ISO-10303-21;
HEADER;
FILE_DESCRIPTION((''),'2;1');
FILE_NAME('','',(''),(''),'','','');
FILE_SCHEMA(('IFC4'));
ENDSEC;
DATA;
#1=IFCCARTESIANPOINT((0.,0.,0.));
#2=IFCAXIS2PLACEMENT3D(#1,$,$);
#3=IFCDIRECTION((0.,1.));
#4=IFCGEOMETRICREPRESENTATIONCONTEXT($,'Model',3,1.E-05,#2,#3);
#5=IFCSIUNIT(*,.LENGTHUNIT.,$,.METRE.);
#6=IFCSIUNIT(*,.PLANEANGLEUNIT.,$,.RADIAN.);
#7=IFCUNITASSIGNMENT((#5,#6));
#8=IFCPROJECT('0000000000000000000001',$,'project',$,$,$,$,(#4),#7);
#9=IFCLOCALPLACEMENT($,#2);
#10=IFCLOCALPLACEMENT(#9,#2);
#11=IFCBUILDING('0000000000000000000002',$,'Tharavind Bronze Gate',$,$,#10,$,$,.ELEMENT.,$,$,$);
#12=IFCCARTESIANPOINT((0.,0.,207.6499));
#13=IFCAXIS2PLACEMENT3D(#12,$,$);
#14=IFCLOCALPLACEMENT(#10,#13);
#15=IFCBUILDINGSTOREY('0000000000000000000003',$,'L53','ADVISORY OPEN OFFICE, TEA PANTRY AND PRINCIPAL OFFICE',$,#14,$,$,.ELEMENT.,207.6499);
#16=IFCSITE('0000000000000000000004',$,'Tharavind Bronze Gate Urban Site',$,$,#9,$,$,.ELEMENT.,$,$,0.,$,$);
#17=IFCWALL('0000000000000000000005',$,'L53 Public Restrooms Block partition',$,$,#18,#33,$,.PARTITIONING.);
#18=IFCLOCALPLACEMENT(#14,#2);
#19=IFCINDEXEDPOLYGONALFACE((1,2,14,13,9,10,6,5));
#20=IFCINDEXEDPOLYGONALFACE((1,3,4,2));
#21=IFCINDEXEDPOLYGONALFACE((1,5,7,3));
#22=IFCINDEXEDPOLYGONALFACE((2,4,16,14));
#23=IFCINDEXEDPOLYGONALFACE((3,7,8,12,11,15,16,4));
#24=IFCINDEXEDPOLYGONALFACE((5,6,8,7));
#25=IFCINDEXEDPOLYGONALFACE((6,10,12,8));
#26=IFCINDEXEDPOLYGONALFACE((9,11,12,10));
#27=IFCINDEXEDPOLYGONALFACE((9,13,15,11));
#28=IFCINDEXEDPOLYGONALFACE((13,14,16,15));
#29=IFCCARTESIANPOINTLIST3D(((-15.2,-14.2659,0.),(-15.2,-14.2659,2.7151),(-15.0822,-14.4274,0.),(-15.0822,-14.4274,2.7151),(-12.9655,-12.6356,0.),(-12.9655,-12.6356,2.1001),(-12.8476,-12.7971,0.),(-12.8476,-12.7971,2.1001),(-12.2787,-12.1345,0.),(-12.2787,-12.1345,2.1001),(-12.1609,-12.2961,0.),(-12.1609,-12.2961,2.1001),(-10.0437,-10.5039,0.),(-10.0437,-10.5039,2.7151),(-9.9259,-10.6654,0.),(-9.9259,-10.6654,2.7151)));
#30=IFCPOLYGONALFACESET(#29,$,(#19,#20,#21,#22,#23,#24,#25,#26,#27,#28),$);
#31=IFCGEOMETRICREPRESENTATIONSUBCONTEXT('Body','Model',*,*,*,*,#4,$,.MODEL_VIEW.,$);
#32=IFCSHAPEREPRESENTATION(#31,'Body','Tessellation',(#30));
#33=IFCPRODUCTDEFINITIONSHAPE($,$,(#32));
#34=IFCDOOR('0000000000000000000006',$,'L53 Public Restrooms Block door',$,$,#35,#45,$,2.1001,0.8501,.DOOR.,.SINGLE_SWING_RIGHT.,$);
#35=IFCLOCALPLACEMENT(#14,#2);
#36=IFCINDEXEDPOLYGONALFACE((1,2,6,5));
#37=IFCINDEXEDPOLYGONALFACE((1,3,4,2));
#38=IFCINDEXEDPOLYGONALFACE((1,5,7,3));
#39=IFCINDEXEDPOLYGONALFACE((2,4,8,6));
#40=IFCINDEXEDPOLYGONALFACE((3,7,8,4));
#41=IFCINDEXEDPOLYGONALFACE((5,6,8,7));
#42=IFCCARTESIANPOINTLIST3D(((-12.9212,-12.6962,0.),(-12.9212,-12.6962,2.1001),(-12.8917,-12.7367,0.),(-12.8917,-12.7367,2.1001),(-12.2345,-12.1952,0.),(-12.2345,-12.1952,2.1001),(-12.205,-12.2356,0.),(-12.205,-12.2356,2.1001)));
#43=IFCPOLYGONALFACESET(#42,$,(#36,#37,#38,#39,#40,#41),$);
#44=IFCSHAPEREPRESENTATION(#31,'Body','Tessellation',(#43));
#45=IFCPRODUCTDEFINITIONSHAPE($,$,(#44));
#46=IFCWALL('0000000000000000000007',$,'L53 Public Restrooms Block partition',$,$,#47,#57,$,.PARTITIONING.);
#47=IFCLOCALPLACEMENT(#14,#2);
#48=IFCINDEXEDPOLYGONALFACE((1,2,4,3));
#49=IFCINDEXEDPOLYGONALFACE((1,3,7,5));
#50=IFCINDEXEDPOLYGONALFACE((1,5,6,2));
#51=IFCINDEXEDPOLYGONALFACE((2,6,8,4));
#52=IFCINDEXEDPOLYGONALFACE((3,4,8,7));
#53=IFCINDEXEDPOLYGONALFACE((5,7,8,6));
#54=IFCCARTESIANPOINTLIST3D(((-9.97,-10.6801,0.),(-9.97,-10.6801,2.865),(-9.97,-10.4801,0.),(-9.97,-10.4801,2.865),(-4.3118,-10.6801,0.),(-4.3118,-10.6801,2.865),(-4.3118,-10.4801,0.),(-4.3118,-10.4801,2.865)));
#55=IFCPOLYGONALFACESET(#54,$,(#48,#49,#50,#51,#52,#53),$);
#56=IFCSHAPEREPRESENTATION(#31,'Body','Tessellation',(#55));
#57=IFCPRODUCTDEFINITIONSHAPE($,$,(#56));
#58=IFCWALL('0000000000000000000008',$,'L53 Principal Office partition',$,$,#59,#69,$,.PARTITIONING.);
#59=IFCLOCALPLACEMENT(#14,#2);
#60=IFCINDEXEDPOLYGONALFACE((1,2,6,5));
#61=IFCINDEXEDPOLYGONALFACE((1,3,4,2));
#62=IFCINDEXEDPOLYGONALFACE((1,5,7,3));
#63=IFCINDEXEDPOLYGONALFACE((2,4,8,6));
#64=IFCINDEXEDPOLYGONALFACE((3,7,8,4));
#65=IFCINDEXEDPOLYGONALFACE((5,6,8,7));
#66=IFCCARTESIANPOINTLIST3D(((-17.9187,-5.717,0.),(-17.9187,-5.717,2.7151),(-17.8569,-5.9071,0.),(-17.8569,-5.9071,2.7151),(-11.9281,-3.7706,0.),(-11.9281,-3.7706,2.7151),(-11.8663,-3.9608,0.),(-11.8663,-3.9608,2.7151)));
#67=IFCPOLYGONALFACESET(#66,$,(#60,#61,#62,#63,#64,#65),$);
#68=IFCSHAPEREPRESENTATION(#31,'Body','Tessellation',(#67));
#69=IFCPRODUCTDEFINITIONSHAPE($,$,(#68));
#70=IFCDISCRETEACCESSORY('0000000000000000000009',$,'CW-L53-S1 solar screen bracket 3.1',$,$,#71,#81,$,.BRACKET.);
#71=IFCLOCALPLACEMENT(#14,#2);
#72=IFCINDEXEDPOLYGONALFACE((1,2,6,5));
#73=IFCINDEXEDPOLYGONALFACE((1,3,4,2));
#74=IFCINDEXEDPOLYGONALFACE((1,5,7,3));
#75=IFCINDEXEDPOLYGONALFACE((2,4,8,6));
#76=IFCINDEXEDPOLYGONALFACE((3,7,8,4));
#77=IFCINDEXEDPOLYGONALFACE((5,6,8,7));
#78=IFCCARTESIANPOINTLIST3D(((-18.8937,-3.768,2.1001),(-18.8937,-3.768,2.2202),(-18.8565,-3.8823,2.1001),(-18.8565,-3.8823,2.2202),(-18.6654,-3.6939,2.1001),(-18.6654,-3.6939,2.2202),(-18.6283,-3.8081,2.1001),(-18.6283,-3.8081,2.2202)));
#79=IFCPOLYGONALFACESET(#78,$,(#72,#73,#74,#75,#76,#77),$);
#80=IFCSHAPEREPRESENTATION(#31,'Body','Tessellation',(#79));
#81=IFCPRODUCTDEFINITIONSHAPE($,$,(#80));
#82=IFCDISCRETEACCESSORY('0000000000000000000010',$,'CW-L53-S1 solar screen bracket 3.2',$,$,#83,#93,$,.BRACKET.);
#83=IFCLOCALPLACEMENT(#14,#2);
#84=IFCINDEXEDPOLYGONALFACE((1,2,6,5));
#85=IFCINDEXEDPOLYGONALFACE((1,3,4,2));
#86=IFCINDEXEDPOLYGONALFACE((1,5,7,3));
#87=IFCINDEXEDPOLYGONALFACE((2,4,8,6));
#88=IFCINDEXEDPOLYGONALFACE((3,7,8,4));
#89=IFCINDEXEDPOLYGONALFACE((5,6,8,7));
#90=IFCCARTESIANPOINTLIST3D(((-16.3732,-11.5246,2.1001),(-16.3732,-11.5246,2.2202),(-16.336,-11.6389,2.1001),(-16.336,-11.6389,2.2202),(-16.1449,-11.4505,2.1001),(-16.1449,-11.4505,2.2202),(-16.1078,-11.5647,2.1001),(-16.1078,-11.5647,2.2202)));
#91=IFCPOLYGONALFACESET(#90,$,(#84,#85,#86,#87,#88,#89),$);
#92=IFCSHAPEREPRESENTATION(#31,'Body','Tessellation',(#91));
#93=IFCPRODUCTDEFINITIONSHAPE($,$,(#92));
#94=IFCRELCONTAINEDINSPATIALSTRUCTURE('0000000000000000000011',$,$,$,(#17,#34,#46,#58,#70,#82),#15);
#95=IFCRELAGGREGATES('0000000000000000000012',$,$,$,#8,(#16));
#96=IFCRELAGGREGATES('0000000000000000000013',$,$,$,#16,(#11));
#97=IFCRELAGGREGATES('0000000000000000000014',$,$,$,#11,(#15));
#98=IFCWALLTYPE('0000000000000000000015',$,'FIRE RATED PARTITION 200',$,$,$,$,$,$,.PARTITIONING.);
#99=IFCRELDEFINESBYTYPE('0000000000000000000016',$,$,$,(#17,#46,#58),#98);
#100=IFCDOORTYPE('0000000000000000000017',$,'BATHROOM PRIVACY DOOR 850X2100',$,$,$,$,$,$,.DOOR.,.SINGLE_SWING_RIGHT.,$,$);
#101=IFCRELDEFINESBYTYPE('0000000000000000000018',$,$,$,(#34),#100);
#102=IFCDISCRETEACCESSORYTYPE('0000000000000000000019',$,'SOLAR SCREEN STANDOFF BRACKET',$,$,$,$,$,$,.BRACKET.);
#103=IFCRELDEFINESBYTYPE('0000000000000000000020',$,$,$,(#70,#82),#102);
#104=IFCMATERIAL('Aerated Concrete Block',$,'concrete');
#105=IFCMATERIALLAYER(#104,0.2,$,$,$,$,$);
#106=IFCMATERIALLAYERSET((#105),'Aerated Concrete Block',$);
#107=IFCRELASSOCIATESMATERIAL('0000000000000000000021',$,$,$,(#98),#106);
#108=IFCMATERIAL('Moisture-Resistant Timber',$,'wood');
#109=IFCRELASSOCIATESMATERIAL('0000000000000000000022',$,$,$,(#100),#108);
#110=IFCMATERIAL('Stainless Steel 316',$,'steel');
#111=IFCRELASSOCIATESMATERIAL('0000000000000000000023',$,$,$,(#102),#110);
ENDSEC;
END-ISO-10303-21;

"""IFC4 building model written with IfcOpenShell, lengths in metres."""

from ifc_helpers import new_model, si_unit, direction, frame, frame_2d, origin, origin_2d, place, context, subcontext, project, spatial, rectangle, extrude, material, layer, layer_set, type_object, element, fill, save


model = new_model("IFC4")

# Units and contexts
model_context = context("Model", 3, precision=1e-05, world=origin(), true_north=direction((0.0, 1.0)))
body_context = subcontext(model_context, "Body", "Model", "MODEL_VIEW")
ifc_project = project(units=[si_unit("LENGTHUNIT", "METRE"), si_unit("PLANEANGLEUNIT", "RADIAN")], contexts=[model_context])

# Site, building, storey
site_placement = place(None, origin())
site = spatial("IfcSite", under=ifc_project, at=site_placement, Name="Tharavind Bronze Gate Urban Site", CompositionType="ELEMENT", RefElevation=0.0)
building_placement = place(site_placement, origin())
building = spatial("IfcBuilding", under=site, at=building_placement, Name="Tharavind Bronze Gate", CompositionType="ELEMENT")
storey_placement = place(building_placement, frame((0.0, 0.0, 207.6499)))
storey = spatial("IfcBuildingStorey", under=building, at=storey_placement, Name="L53", Description="ADVISORY OPEN OFFICE, TEA PANTRY AND PRINCIPAL OFFICE", CompositionType="ELEMENT", Elevation=207.6499)

# Shared definitions
ifc_material_1 = material(Name="Aerated Concrete Block", Category="concrete")
ifc_layer_1 = layer(ifc_material_1, 0.2)
ifc_layer_set_1 = layer_set([ifc_layer_1], Name="Aerated Concrete Block")
wall_type = type_object("IfcWallType", Name="FIRE RATED PARTITION 200", PredefinedType="PARTITIONING", material=ifc_layer_set_1)

# Wall, opening, door
wall_1_placement = place(storey_placement, frame((-15.1411, -14.3467, 0.0), z_axis=(0.0, 0.0, 1.0), x_axis=(0.807844, 0.589397, 0.0)))
wall_1 = element("IfcWall", 1, at=wall_1_placement, inside=storey, type_object=wall_type, Name="L53 Public Restrooms Block partition", PredefinedType="PARTITIONING", context=body_context, shape_type="SweptSolid", body=[
    extrude(rectangle(XDim=6.3828, YDim=0.2, at=frame_2d((3.1914, 0.0))), origin(), (0.0, 0.0, 1.0), 2.7151),
])
opening_1_placement = place(wall_1_placement, frame((2.7661, 0.0, 0.0)))
opening_1 = element("IfcOpeningElement", 2, at=opening_1_placement, cuts=wall_1, PredefinedType="OPENING", context=body_context, shape_type="SweptSolid", body=[
    extrude(rectangle(XDim=0.8501, YDim=2.1001, at=frame_2d((0.425, 1.05))), frame((0.0, 0.1101, 0.0), z_axis=(0.0, -1.0, 0.0), x_axis=(1.0, 0.0, 0.0)), (0.0, 0.0, 1.0), 0.22),
])
ifc_material_2 = material(Name="Moisture-Resistant Timber", Category="wood")
door_type_1 = type_object("IfcDoorType", Name="BATHROOM PRIVACY DOOR 850X2100", OperationType="SINGLE_SWING_RIGHT", PredefinedType="DOOR", material=ifc_material_2)
door_1_placement = place(opening_1_placement, origin())
door_1 = element("IfcDoor", 3, at=door_1_placement, inside=storey, type_object=door_type_1, Name="L53 Public Restrooms Block door", OperationType="SINGLE_SWING_RIGHT", OverallHeight=2.1001, OverallWidth=0.8501, PredefinedType="DOOR", context=body_context, shape_type="SweptSolid", body=[
    extrude(rectangle(XDim=0.8501, YDim=2.1001, at=frame_2d((0.425, 1.05))), frame((0.0, 0.0249, 0.0), z_axis=(0.0, -1.0, 0.0), x_axis=(1.0, 0.0, 0.0)), (0.0, 0.0, 1.0), 0.05),
])
fill(opening_1, door_1)

# Walls
wall_2_placement = place(storey_placement, frame((-9.97, -10.5801, 0.0), z_axis=(0.0, 0.0, 1.0), x_axis=(1.0, 0.0, 0.0)))
element("IfcWall", 4, at=wall_2_placement, inside=storey, type_object=wall_type, Name="L53 Public Restrooms Block partition", PredefinedType="PARTITIONING", context=body_context, shape_type="SweptSolid", body=[
    extrude(rectangle(XDim=5.6582, YDim=0.2, at=frame_2d((2.8291, 0.0))), origin(), (0.0, 0.0, 1.0), 2.865),
])
wall_3_placement = place(storey_placement, frame((-11.8972, -3.8657, 0.0), z_axis=(0.0, 0.0, 1.0), x_axis=(-0.951063, -0.308998, 0.0)))
element("IfcWall", 5, at=wall_3_placement, inside=storey, type_object=wall_type, Name="L53 Principal Office partition", PredefinedType="PARTITIONING", context=body_context, shape_type="SweptSolid", body=[
    extrude(rectangle(XDim=6.2988, YDim=0.2, at=frame_2d((3.1494, 0.0))), origin(), (0.0, 0.0, 1.0), 2.7151),
])

# Discrete accessories
ifc_material_3 = material(Name="Stainless Steel 316", Category="steel")
discrete_accessory_type = type_object("IfcDiscreteAccessoryType", Name="SOLAR SCREEN STANDOFF BRACKET", PredefinedType="BRACKET", material=ifc_material_3)
for number, where, z_axis, x_axis, name in (
    (6, (-18.761, -3.7881, 2.1001), (0.0, 0.0, 1.0), (0.309017, -0.951057, 0.0), "CW-L53-S1 solar screen bracket 3.1"),
    (7, (-16.2405, -11.5447, 2.1001), (0.0, 0.0, 1.0), (0.309017, -0.951057, 0.0), "CW-L53-S1 solar screen bracket 3.2"),
):
    element("IfcDiscreteAccessory", number, at=place(storey_placement, frame(where, z_axis=z_axis, x_axis=x_axis)), inside=storey, type_object=discrete_accessory_type, Name=name, PredefinedType="BRACKET", context=body_context, shape_type="SweptSolid", body=[
        extrude(rectangle(XDim=0.1201, YDim=0.24, at=origin_2d()), origin(), (0.0, 0.0, 1.0), 0.1201),
    ])

save(model, "model.ifc")
